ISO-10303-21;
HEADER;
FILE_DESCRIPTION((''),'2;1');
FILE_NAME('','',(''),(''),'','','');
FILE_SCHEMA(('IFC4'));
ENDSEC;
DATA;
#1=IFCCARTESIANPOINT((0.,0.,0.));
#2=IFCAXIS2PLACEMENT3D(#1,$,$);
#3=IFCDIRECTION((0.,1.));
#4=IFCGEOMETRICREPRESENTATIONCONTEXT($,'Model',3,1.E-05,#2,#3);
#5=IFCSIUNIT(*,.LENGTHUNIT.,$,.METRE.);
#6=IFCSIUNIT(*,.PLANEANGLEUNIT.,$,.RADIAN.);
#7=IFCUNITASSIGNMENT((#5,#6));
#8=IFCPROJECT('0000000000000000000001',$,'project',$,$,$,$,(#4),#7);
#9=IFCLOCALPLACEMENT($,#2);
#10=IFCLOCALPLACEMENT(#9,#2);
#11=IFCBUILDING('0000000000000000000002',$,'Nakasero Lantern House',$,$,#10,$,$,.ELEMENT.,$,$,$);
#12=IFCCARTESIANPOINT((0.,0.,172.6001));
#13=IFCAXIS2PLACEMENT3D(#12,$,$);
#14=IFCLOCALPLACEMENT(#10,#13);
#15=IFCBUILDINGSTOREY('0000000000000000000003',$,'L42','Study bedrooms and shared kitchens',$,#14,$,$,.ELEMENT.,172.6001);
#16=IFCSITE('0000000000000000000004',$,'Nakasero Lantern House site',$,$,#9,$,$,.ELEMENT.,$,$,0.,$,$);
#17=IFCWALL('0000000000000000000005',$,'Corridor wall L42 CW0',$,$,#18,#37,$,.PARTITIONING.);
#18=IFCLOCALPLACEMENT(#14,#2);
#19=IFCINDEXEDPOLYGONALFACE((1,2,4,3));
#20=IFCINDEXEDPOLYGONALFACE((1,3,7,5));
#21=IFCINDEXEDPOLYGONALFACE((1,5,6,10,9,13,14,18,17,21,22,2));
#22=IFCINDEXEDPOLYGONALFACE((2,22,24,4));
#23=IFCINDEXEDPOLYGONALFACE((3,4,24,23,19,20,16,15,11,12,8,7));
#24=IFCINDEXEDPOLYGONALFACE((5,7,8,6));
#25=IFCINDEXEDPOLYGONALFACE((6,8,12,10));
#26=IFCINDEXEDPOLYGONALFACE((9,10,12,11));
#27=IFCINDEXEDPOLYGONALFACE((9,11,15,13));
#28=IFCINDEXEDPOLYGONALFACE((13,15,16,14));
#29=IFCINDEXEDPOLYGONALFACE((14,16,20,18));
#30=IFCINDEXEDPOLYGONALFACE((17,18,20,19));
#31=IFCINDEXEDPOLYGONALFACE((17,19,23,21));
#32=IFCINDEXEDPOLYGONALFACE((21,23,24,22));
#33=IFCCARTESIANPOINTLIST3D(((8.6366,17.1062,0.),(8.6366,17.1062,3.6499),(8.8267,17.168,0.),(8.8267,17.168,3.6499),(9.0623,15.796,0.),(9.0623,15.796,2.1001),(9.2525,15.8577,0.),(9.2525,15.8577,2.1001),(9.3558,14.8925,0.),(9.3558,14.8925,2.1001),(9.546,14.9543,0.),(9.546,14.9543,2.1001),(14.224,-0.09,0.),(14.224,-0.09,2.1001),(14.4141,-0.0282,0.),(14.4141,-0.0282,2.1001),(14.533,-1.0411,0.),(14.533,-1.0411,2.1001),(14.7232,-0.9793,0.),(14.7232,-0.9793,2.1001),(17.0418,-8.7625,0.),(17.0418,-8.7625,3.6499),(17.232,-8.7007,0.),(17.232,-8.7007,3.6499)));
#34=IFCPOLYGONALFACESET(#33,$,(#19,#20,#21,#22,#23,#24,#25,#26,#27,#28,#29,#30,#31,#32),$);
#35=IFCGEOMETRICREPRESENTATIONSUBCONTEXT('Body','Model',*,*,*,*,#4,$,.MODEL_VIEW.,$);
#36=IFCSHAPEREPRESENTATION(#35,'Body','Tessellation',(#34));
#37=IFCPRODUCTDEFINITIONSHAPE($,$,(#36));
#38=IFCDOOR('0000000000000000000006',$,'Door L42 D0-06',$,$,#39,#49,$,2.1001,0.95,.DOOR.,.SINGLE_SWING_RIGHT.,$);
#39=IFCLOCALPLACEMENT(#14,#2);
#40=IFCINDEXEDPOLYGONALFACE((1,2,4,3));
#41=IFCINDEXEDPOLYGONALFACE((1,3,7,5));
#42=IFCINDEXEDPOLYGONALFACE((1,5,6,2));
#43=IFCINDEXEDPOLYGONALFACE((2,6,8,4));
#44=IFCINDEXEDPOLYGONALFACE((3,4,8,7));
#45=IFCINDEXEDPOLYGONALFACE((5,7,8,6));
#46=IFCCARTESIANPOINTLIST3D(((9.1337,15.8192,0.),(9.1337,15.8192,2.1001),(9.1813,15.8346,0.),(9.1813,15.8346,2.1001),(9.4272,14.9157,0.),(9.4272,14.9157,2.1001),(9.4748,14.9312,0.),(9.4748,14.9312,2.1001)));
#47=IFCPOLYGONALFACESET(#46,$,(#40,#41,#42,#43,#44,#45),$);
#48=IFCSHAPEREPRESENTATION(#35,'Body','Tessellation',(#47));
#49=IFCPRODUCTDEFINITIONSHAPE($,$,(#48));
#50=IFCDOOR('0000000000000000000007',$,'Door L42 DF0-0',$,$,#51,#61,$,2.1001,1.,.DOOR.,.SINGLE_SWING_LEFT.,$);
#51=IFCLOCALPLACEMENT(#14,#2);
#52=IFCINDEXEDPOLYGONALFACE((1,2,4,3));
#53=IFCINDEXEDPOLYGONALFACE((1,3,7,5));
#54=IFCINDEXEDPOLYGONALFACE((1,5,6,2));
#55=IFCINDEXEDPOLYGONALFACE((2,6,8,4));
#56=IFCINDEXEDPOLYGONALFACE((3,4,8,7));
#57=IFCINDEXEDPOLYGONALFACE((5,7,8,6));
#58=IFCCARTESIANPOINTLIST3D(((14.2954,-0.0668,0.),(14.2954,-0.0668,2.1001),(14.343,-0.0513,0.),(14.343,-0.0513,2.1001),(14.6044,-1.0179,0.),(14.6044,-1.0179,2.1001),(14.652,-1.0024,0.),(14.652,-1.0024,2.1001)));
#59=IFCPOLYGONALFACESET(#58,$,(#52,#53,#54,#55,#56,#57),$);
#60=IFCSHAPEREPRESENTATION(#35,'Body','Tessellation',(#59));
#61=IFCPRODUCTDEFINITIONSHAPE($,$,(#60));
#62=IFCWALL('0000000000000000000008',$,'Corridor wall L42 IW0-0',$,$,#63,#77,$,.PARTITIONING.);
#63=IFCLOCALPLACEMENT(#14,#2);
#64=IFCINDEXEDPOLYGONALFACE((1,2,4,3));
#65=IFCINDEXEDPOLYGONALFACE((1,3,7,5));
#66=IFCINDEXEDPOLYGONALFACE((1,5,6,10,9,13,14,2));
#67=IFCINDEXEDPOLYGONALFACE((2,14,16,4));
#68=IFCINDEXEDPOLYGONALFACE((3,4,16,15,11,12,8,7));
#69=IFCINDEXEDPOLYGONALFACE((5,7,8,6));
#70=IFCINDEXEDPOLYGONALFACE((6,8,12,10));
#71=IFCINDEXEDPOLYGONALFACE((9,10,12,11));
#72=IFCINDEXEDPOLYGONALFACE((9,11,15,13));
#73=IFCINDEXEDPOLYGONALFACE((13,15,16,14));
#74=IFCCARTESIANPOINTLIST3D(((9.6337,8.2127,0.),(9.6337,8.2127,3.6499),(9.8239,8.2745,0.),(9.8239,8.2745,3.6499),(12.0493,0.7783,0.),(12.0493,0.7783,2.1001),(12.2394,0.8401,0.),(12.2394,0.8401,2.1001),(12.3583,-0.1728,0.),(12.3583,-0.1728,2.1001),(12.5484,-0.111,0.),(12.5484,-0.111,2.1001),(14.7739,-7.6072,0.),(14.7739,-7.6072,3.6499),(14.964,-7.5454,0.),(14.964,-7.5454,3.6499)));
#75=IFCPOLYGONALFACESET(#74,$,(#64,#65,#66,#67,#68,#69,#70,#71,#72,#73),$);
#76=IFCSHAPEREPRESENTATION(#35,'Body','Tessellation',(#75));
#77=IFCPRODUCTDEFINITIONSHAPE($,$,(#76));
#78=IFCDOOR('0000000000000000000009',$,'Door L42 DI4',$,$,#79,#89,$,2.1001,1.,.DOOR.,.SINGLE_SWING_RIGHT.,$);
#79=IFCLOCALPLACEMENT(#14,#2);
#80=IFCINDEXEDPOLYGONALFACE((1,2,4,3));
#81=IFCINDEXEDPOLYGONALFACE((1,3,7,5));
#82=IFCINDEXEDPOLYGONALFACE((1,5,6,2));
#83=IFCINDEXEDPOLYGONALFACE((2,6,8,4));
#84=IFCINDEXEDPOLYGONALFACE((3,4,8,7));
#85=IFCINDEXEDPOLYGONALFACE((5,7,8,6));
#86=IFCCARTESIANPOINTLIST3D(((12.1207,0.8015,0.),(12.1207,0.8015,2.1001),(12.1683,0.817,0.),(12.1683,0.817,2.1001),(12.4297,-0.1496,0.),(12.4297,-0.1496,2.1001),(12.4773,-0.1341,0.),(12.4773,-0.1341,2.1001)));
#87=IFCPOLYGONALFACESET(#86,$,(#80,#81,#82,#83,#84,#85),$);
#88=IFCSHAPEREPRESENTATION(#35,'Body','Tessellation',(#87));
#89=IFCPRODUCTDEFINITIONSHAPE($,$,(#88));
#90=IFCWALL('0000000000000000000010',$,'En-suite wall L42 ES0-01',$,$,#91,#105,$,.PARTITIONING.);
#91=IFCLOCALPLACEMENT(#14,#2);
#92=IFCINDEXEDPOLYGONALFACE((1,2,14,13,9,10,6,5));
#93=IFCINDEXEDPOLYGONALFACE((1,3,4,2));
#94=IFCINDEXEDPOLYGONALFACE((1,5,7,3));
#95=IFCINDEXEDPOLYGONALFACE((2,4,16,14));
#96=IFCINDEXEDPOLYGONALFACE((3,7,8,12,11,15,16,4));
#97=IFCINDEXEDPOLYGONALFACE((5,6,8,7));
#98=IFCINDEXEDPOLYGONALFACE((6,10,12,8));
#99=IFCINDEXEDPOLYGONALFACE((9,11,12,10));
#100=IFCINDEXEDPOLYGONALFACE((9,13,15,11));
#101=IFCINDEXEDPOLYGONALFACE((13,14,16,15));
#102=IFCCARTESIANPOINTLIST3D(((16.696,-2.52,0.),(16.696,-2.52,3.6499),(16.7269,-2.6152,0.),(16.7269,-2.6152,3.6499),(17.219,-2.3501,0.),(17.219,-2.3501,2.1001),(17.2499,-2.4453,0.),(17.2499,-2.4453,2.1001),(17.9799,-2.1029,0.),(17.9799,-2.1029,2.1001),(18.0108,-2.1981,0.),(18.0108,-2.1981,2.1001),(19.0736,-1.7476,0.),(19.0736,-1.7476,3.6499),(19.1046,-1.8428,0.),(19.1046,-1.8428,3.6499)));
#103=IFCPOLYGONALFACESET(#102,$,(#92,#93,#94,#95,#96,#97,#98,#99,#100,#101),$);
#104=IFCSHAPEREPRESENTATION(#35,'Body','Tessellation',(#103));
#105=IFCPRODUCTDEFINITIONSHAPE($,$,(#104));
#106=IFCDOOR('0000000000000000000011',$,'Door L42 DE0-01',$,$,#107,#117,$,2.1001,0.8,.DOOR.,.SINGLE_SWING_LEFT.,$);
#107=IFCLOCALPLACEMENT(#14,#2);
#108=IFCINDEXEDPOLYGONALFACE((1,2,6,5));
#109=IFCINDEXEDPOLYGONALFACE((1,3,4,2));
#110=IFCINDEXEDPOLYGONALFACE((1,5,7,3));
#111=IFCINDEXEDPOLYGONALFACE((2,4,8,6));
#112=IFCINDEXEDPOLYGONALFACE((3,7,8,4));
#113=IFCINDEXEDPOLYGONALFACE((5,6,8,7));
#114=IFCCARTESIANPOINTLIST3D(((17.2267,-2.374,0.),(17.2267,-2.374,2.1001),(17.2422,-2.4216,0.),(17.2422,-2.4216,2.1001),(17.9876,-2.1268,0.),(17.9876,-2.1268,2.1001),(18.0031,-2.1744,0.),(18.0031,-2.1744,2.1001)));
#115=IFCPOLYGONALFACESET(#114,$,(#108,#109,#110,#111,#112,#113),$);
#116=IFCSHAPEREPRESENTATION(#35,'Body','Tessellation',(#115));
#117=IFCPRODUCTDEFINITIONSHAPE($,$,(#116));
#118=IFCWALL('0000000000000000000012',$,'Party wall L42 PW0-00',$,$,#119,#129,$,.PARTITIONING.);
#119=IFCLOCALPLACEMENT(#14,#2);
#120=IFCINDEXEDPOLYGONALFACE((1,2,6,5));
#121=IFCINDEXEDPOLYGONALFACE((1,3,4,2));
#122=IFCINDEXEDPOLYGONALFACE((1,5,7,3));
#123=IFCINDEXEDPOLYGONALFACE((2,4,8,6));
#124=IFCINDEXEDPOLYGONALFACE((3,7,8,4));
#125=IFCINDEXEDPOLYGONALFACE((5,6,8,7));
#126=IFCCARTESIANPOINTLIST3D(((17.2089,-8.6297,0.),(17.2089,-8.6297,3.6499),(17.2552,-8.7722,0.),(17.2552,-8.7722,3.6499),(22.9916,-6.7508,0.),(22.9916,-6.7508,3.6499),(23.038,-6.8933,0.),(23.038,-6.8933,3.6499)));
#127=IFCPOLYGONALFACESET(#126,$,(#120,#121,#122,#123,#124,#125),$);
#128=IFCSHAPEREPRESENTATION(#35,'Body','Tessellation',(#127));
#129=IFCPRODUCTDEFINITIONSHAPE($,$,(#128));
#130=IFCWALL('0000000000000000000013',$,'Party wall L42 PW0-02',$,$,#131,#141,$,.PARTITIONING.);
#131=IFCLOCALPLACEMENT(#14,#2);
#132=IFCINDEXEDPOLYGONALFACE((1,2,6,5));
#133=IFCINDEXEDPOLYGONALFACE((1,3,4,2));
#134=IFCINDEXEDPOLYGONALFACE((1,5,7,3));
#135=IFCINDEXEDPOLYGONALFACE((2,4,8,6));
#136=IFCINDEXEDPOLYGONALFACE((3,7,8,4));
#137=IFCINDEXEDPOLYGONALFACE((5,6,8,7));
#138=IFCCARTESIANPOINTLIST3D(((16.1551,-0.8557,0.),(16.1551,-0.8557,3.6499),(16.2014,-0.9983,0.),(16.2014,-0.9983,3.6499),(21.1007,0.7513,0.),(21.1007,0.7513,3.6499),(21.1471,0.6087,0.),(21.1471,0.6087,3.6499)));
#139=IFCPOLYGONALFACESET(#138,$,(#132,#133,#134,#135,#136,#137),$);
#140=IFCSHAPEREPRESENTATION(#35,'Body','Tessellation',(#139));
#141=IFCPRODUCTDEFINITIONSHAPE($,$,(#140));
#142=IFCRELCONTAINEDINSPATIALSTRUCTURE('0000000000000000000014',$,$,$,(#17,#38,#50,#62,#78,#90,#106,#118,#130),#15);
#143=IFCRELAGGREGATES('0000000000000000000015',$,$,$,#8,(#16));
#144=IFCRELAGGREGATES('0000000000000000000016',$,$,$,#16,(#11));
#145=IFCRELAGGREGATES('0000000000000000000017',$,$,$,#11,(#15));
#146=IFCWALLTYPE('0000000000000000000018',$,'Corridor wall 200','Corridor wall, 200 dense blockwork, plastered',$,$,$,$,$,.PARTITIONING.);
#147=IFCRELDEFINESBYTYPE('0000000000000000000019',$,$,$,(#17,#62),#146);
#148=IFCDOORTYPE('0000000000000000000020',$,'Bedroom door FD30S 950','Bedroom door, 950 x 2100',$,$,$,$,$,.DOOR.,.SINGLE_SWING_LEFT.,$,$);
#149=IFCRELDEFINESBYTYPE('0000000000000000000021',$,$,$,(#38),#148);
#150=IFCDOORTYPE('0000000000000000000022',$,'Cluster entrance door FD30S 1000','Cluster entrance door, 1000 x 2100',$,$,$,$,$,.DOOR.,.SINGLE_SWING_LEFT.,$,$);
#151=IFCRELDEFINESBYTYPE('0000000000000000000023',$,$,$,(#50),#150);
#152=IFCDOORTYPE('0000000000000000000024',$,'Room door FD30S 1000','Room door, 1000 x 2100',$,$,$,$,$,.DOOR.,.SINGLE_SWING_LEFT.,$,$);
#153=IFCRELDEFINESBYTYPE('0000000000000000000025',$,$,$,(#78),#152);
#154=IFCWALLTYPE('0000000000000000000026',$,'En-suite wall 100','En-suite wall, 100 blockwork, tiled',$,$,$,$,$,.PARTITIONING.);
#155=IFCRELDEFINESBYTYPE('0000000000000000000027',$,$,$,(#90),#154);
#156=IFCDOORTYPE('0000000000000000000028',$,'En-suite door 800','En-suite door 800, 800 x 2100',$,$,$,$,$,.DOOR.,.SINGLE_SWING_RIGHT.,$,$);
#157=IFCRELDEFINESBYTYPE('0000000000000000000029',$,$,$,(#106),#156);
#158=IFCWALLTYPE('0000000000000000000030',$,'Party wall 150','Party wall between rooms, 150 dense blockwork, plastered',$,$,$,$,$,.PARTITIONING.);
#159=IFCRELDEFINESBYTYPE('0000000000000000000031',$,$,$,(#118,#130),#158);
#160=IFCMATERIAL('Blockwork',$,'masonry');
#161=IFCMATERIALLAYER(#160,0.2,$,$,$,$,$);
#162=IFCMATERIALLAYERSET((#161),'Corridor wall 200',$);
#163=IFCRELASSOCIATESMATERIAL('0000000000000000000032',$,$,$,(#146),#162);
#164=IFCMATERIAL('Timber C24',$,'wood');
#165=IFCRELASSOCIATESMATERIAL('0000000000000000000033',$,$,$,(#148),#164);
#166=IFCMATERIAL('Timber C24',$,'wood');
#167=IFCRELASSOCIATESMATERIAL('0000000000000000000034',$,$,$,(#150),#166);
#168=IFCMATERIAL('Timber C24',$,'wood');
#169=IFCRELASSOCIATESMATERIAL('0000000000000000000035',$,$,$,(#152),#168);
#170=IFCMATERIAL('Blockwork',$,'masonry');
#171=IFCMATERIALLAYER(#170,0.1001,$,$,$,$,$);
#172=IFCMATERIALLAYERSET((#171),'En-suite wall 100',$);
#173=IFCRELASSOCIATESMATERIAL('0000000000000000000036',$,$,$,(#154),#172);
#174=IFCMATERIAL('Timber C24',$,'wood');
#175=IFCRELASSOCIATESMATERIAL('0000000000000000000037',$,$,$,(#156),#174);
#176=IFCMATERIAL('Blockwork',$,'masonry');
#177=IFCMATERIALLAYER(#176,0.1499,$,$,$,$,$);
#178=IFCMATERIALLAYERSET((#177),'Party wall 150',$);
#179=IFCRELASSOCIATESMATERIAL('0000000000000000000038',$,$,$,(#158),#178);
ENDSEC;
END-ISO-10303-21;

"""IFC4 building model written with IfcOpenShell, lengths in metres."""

from ifc_helpers import new_model, si_unit, direction, frame, frame_2d, origin, place, context, subcontext, project, spatial, rectangle, extrude, material, layer, layer_set, type_object, element, fill, save


model = new_model("IFC4")

# Units and contexts
model_context = context("Model", 3, precision=1e-05, world=origin(), true_north=direction((0.0, 1.0)))
body_context = subcontext(model_context, "Body", "Model", "MODEL_VIEW")
ifc_project = project(units=[si_unit("LENGTHUNIT", "METRE"), si_unit("PLANEANGLEUNIT", "RADIAN")], contexts=[model_context])

# Site, building, storey
site_placement = place(None, origin())
site = spatial("IfcSite", under=ifc_project, at=site_placement, Name="Nakasero Lantern House site", CompositionType="ELEMENT", RefElevation=0.0)
building_placement = place(site_placement, origin())
building = spatial("IfcBuilding", under=site, at=building_placement, Name="Nakasero Lantern House", CompositionType="ELEMENT")
storey_placement = place(building_placement, frame((0.0, 0.0, 172.6001)))
storey = spatial("IfcBuildingStorey", under=building, at=storey_placement, Name="L42", Description="Study bedrooms and shared kitchens", CompositionType="ELEMENT", Elevation=172.6001)

# Wall, openings, doors
ifc_material_1 = material(Name="Blockwork", Category="masonry")
ifc_layer_1 = layer(ifc_material_1, 0.2)
ifc_layer_set_1 = layer_set([ifc_layer_1], Name="Corridor wall 200")
wall_type_1 = type_object("IfcWallType", Name="Corridor wall 200", Description="Corridor wall, 200 dense blockwork, plastered", PredefinedType="PARTITIONING", material=ifc_layer_set_1)
wall_1_placement = place(storey_placement, frame((17.137, -8.7317, 0.0), z_axis=(0.0, 0.0, 1.0), x_axis=(-0.309018, 0.951056, 0.0)))
wall_1 = element("IfcWall", 1, at=wall_1_placement, inside=storey, type_object=wall_type_1, Name="Corridor wall L42 CW0", PredefinedType="PARTITIONING", context=body_context, shape_type="SweptSolid", body=[
    extrude(rectangle(XDim=27.2, YDim=0.2, at=frame_2d((13.6001, 0.0))), origin(), (0.0, 0.0, 1.0), 3.6499),
])
opening_1_placement = place(wall_1_placement, frame((8.1189, 0.0, 0.0)))
opening_1 = element("IfcOpeningElement", 2, at=opening_1_placement, cuts=wall_1, PredefinedType="OPENING", context=body_context, shape_type="SweptSolid", body=[
    extrude(rectangle(XDim=1.0, YDim=2.1001, at=frame_2d((0.5, 1.05))), frame((0.0, 0.1199, 0.0), z_axis=(0.0, -1.0, 0.0), x_axis=(1.0, 0.0, 0.0)), (0.0, 0.0, 1.0), 0.24),
])
opening_2_placement = place(wall_1_placement, frame((24.8723, 0.0, 0.0)))
opening_2 = element("IfcOpeningElement", 3, at=opening_2_placement, cuts=wall_1, PredefinedType="OPENING", context=body_context, shape_type="SweptSolid", body=[
    extrude(rectangle(XDim=0.95, YDim=2.1001, at=frame_2d((0.4751, 1.05))), frame((0.0, 0.1199, 0.0), z_axis=(0.0, -1.0, 0.0), x_axis=(1.0, 0.0, 0.0)), (0.0, 0.0, 1.0), 0.24),
])
ifc_material_2 = material(Name="Timber C24", Category="wood")
door_type_1 = type_object("IfcDoorType", Name="Bedroom door FD30S 950", Description="Bedroom door, 950 x 2100", OperationType="SINGLE_SWING_LEFT", PredefinedType="DOOR", material=ifc_material_2)
door_1_placement = place(opening_2_placement, origin())
door_1 = element("IfcDoor", 4, at=door_1_placement, inside=storey, type_object=door_type_1, Name="Door L42 D0-06", OperationType="SINGLE_SWING_RIGHT", OverallHeight=2.1001, OverallWidth=0.95, PredefinedType="DOOR", context=body_context, shape_type="SweptSolid", body=[
    extrude(rectangle(XDim=0.95, YDim=2.1001, at=frame_2d((0.4751, 1.05))), frame((0.0, 0.0249, 0.0), z_axis=(0.0, -1.0, 0.0), x_axis=(1.0, 0.0, 0.0)), (0.0, 0.0, 1.0), 0.05),
])
fill(opening_2, door_1)
ifc_material_3 = material(Name="Timber C24", Category="wood")
door_type_2 = type_object("IfcDoorType", Name="Cluster entrance door FD30S 1000", Description="Cluster entrance door, 1000 x 2100", OperationType="SINGLE_SWING_LEFT", PredefinedType="DOOR", material=ifc_material_3)
door_2_placement = place(opening_1_placement, origin())
door_2 = element("IfcDoor", 5, at=door_2_placement, inside=storey, type_object=door_type_2, Name="Door L42 DF0-0", OperationType="SINGLE_SWING_LEFT", OverallHeight=2.1001, OverallWidth=1.0, PredefinedType="DOOR", context=body_context, shape_type="SweptSolid", body=[
    extrude(rectangle(XDim=1.0, YDim=2.1001, at=frame_2d((0.5, 1.05))), frame((0.0, 0.0249, 0.0), z_axis=(0.0, -1.0, 0.0), x_axis=(1.0, 0.0, 0.0)), (0.0, 0.0, 1.0), 0.05),
])
fill(opening_1, door_2)

# Walls, openings, doors
wall_2_placement = place(storey_placement, frame((14.8689, -7.5762, 0.0), z_axis=(0.0, 0.0, 1.0), x_axis=(-0.309015, 0.951057, 0.0)))
wall_2 = element("IfcWall", 6, at=wall_2_placement, inside=storey, type_object=wall_type_1, Name="Corridor wall L42 IW0-0", PredefinedType="PARTITIONING", context=body_context, shape_type="SweptSolid", body=[
    extrude(rectangle(XDim=16.634, YDim=0.2, at=frame_2d((8.3169, 0.0))), origin(), (0.0, 0.0, 1.0), 3.6499),
])
opening_3_placement = place(wall_2_placement, frame((7.8169, 0.0, 0.0)))
opening_3 = element("IfcOpeningElement", 7, at=opening_3_placement, cuts=wall_2, PredefinedType="OPENING", context=body_context, shape_type="SweptSolid", body=[
    extrude(rectangle(XDim=1.0, YDim=2.1001, at=frame_2d((0.5, 1.05))), frame((0.0, 0.1199, 0.0), z_axis=(0.0, -1.0, 0.0), x_axis=(1.0, 0.0, 0.0)), (0.0, 0.0, 1.0), 0.24),
])
ifc_material_4 = material(Name="Timber C24", Category="wood")
door_type_3 = type_object("IfcDoorType", Name="Room door FD30S 1000", Description="Room door, 1000 x 2100", OperationType="SINGLE_SWING_LEFT", PredefinedType="DOOR", material=ifc_material_4)
door_3_placement = place(opening_3_placement, origin())
door_3 = element("IfcDoor", 8, at=door_3_placement, inside=storey, type_object=door_type_3, Name="Door L42 DI4", OperationType="SINGLE_SWING_RIGHT", OverallHeight=2.1001, OverallWidth=1.0, PredefinedType="DOOR", context=body_context, shape_type="SweptSolid", body=[
    extrude(rectangle(XDim=1.0, YDim=2.1001, at=frame_2d((0.5, 1.05))), frame((0.0, 0.0249, 0.0), z_axis=(0.0, -1.0, 0.0), x_axis=(1.0, 0.0, 0.0)), (0.0, 0.0, 1.0), 0.05),
])
fill(opening_3, door_3)
ifc_material_5 = material(Name="Blockwork", Category="masonry")
ifc_layer_2 = layer(ifc_material_5, 0.1001)
ifc_layer_set_2 = layer_set([ifc_layer_2], Name="En-suite wall 100")
wall_type_2 = type_object("IfcWallType", Name="En-suite wall 100", Description="En-suite wall, 100 blockwork, tiled", PredefinedType="PARTITIONING", material=ifc_layer_set_2)
wall_3_placement = place(storey_placement, frame((16.7114, -2.5676, 0.0), z_axis=(0.0, 0.0, 1.0), x_axis=(0.951068, 0.308982, 0.0)))
wall_3 = element("IfcWall", 9, at=wall_3_placement, inside=storey, type_object=wall_type_2, Name="En-suite wall L42 ES0-01", PredefinedType="PARTITIONING", context=body_context, shape_type="SweptSolid", body=[
    extrude(rectangle(XDim=2.5, YDim=0.1001, at=frame_2d((1.25, 0.0))), origin(), (0.0, 0.0, 1.0), 3.6499),
])
opening_4_placement = place(wall_3_placement, frame((0.55, 0.0, 0.0)))
opening_4 = element("IfcOpeningElement", 10, at=opening_4_placement, cuts=wall_3, PredefinedType="OPENING", context=body_context, shape_type="SweptSolid", body=[
    extrude(rectangle(XDim=0.8, YDim=2.1001, at=frame_2d((0.3999, 1.05))), frame((0.0, 0.0701, 0.0), z_axis=(0.0, -1.0, 0.0), x_axis=(1.0, 0.0, 0.0)), (0.0, 0.0, 1.0), 0.1401),
])
ifc_material_6 = material(Name="Timber C24", Category="wood")
door_type_4 = type_object("IfcDoorType", Name="En-suite door 800", Description="En-suite door 800, 800 x 2100", OperationType="SINGLE_SWING_RIGHT", PredefinedType="DOOR", material=ifc_material_6)
door_4_placement = place(opening_4_placement, origin())
door_4 = element("IfcDoor", 11, at=door_4_placement, inside=storey, type_object=door_type_4, Name="Door L42 DE0-01", OperationType="SINGLE_SWING_LEFT", OverallHeight=2.1001, OverallWidth=0.8, PredefinedType="DOOR", context=body_context, shape_type="SweptSolid", body=[
    extrude(rectangle(XDim=0.8, YDim=2.1001, at=frame_2d((0.3999, 1.05))), frame((0.0, 0.0249, 0.0), z_axis=(0.0, -1.0, 0.0), x_axis=(1.0, 0.0, 0.0)), (0.0, 0.0, 1.0), 0.05),
])
fill(opening_4, door_4)

# Walls
ifc_material_7 = material(Name="Blockwork", Category="masonry")
ifc_layer_3 = layer(ifc_material_7, 0.1499)
ifc_layer_set_3 = layer_set([ifc_layer_3], Name="Party wall 150")
wall_type_3 = type_object("IfcWallType", Name="Party wall 150", Description="Party wall between rooms, 150 dense blockwork, plastered", PredefinedType="PARTITIONING", material=ifc_layer_set_3)
wall_4_placement = place(storey_placement, frame((17.2322, -8.7009, 0.0), z_axis=(0.0, 0.0, 1.0), x_axis=(0.951057, 0.309015, 0.0)))
element("IfcWall", 12, at=wall_4_placement, inside=storey, type_object=wall_type_3, Name="Party wall L42 PW0-00", PredefinedType="PARTITIONING", context=body_context, shape_type="SweptSolid", body=[
    extrude(rectangle(XDim=6.0803, YDim=0.1499, at=frame_2d((3.04, 0.0))), origin(), (0.0, 0.0, 1.0), 3.6499),
])
wall_5_placement = place(storey_placement, frame((16.1782, -0.927, 0.0), z_axis=(0.0, 0.0, 1.0), x_axis=(0.951055, 0.309021, 0.0)))
element("IfcWall", 13, at=wall_5_placement, inside=storey, type_object=wall_type_3, Name="Party wall L42 PW0-02", PredefinedType="PARTITIONING", context=body_context, shape_type="SweptSolid", body=[
    extrude(rectangle(XDim=5.2002, YDim=0.1499, at=frame_2d((2.6001, 0.0))), origin(), (0.0, 0.0, 1.0), 3.6499),
])

save(model, "model.ifc")
